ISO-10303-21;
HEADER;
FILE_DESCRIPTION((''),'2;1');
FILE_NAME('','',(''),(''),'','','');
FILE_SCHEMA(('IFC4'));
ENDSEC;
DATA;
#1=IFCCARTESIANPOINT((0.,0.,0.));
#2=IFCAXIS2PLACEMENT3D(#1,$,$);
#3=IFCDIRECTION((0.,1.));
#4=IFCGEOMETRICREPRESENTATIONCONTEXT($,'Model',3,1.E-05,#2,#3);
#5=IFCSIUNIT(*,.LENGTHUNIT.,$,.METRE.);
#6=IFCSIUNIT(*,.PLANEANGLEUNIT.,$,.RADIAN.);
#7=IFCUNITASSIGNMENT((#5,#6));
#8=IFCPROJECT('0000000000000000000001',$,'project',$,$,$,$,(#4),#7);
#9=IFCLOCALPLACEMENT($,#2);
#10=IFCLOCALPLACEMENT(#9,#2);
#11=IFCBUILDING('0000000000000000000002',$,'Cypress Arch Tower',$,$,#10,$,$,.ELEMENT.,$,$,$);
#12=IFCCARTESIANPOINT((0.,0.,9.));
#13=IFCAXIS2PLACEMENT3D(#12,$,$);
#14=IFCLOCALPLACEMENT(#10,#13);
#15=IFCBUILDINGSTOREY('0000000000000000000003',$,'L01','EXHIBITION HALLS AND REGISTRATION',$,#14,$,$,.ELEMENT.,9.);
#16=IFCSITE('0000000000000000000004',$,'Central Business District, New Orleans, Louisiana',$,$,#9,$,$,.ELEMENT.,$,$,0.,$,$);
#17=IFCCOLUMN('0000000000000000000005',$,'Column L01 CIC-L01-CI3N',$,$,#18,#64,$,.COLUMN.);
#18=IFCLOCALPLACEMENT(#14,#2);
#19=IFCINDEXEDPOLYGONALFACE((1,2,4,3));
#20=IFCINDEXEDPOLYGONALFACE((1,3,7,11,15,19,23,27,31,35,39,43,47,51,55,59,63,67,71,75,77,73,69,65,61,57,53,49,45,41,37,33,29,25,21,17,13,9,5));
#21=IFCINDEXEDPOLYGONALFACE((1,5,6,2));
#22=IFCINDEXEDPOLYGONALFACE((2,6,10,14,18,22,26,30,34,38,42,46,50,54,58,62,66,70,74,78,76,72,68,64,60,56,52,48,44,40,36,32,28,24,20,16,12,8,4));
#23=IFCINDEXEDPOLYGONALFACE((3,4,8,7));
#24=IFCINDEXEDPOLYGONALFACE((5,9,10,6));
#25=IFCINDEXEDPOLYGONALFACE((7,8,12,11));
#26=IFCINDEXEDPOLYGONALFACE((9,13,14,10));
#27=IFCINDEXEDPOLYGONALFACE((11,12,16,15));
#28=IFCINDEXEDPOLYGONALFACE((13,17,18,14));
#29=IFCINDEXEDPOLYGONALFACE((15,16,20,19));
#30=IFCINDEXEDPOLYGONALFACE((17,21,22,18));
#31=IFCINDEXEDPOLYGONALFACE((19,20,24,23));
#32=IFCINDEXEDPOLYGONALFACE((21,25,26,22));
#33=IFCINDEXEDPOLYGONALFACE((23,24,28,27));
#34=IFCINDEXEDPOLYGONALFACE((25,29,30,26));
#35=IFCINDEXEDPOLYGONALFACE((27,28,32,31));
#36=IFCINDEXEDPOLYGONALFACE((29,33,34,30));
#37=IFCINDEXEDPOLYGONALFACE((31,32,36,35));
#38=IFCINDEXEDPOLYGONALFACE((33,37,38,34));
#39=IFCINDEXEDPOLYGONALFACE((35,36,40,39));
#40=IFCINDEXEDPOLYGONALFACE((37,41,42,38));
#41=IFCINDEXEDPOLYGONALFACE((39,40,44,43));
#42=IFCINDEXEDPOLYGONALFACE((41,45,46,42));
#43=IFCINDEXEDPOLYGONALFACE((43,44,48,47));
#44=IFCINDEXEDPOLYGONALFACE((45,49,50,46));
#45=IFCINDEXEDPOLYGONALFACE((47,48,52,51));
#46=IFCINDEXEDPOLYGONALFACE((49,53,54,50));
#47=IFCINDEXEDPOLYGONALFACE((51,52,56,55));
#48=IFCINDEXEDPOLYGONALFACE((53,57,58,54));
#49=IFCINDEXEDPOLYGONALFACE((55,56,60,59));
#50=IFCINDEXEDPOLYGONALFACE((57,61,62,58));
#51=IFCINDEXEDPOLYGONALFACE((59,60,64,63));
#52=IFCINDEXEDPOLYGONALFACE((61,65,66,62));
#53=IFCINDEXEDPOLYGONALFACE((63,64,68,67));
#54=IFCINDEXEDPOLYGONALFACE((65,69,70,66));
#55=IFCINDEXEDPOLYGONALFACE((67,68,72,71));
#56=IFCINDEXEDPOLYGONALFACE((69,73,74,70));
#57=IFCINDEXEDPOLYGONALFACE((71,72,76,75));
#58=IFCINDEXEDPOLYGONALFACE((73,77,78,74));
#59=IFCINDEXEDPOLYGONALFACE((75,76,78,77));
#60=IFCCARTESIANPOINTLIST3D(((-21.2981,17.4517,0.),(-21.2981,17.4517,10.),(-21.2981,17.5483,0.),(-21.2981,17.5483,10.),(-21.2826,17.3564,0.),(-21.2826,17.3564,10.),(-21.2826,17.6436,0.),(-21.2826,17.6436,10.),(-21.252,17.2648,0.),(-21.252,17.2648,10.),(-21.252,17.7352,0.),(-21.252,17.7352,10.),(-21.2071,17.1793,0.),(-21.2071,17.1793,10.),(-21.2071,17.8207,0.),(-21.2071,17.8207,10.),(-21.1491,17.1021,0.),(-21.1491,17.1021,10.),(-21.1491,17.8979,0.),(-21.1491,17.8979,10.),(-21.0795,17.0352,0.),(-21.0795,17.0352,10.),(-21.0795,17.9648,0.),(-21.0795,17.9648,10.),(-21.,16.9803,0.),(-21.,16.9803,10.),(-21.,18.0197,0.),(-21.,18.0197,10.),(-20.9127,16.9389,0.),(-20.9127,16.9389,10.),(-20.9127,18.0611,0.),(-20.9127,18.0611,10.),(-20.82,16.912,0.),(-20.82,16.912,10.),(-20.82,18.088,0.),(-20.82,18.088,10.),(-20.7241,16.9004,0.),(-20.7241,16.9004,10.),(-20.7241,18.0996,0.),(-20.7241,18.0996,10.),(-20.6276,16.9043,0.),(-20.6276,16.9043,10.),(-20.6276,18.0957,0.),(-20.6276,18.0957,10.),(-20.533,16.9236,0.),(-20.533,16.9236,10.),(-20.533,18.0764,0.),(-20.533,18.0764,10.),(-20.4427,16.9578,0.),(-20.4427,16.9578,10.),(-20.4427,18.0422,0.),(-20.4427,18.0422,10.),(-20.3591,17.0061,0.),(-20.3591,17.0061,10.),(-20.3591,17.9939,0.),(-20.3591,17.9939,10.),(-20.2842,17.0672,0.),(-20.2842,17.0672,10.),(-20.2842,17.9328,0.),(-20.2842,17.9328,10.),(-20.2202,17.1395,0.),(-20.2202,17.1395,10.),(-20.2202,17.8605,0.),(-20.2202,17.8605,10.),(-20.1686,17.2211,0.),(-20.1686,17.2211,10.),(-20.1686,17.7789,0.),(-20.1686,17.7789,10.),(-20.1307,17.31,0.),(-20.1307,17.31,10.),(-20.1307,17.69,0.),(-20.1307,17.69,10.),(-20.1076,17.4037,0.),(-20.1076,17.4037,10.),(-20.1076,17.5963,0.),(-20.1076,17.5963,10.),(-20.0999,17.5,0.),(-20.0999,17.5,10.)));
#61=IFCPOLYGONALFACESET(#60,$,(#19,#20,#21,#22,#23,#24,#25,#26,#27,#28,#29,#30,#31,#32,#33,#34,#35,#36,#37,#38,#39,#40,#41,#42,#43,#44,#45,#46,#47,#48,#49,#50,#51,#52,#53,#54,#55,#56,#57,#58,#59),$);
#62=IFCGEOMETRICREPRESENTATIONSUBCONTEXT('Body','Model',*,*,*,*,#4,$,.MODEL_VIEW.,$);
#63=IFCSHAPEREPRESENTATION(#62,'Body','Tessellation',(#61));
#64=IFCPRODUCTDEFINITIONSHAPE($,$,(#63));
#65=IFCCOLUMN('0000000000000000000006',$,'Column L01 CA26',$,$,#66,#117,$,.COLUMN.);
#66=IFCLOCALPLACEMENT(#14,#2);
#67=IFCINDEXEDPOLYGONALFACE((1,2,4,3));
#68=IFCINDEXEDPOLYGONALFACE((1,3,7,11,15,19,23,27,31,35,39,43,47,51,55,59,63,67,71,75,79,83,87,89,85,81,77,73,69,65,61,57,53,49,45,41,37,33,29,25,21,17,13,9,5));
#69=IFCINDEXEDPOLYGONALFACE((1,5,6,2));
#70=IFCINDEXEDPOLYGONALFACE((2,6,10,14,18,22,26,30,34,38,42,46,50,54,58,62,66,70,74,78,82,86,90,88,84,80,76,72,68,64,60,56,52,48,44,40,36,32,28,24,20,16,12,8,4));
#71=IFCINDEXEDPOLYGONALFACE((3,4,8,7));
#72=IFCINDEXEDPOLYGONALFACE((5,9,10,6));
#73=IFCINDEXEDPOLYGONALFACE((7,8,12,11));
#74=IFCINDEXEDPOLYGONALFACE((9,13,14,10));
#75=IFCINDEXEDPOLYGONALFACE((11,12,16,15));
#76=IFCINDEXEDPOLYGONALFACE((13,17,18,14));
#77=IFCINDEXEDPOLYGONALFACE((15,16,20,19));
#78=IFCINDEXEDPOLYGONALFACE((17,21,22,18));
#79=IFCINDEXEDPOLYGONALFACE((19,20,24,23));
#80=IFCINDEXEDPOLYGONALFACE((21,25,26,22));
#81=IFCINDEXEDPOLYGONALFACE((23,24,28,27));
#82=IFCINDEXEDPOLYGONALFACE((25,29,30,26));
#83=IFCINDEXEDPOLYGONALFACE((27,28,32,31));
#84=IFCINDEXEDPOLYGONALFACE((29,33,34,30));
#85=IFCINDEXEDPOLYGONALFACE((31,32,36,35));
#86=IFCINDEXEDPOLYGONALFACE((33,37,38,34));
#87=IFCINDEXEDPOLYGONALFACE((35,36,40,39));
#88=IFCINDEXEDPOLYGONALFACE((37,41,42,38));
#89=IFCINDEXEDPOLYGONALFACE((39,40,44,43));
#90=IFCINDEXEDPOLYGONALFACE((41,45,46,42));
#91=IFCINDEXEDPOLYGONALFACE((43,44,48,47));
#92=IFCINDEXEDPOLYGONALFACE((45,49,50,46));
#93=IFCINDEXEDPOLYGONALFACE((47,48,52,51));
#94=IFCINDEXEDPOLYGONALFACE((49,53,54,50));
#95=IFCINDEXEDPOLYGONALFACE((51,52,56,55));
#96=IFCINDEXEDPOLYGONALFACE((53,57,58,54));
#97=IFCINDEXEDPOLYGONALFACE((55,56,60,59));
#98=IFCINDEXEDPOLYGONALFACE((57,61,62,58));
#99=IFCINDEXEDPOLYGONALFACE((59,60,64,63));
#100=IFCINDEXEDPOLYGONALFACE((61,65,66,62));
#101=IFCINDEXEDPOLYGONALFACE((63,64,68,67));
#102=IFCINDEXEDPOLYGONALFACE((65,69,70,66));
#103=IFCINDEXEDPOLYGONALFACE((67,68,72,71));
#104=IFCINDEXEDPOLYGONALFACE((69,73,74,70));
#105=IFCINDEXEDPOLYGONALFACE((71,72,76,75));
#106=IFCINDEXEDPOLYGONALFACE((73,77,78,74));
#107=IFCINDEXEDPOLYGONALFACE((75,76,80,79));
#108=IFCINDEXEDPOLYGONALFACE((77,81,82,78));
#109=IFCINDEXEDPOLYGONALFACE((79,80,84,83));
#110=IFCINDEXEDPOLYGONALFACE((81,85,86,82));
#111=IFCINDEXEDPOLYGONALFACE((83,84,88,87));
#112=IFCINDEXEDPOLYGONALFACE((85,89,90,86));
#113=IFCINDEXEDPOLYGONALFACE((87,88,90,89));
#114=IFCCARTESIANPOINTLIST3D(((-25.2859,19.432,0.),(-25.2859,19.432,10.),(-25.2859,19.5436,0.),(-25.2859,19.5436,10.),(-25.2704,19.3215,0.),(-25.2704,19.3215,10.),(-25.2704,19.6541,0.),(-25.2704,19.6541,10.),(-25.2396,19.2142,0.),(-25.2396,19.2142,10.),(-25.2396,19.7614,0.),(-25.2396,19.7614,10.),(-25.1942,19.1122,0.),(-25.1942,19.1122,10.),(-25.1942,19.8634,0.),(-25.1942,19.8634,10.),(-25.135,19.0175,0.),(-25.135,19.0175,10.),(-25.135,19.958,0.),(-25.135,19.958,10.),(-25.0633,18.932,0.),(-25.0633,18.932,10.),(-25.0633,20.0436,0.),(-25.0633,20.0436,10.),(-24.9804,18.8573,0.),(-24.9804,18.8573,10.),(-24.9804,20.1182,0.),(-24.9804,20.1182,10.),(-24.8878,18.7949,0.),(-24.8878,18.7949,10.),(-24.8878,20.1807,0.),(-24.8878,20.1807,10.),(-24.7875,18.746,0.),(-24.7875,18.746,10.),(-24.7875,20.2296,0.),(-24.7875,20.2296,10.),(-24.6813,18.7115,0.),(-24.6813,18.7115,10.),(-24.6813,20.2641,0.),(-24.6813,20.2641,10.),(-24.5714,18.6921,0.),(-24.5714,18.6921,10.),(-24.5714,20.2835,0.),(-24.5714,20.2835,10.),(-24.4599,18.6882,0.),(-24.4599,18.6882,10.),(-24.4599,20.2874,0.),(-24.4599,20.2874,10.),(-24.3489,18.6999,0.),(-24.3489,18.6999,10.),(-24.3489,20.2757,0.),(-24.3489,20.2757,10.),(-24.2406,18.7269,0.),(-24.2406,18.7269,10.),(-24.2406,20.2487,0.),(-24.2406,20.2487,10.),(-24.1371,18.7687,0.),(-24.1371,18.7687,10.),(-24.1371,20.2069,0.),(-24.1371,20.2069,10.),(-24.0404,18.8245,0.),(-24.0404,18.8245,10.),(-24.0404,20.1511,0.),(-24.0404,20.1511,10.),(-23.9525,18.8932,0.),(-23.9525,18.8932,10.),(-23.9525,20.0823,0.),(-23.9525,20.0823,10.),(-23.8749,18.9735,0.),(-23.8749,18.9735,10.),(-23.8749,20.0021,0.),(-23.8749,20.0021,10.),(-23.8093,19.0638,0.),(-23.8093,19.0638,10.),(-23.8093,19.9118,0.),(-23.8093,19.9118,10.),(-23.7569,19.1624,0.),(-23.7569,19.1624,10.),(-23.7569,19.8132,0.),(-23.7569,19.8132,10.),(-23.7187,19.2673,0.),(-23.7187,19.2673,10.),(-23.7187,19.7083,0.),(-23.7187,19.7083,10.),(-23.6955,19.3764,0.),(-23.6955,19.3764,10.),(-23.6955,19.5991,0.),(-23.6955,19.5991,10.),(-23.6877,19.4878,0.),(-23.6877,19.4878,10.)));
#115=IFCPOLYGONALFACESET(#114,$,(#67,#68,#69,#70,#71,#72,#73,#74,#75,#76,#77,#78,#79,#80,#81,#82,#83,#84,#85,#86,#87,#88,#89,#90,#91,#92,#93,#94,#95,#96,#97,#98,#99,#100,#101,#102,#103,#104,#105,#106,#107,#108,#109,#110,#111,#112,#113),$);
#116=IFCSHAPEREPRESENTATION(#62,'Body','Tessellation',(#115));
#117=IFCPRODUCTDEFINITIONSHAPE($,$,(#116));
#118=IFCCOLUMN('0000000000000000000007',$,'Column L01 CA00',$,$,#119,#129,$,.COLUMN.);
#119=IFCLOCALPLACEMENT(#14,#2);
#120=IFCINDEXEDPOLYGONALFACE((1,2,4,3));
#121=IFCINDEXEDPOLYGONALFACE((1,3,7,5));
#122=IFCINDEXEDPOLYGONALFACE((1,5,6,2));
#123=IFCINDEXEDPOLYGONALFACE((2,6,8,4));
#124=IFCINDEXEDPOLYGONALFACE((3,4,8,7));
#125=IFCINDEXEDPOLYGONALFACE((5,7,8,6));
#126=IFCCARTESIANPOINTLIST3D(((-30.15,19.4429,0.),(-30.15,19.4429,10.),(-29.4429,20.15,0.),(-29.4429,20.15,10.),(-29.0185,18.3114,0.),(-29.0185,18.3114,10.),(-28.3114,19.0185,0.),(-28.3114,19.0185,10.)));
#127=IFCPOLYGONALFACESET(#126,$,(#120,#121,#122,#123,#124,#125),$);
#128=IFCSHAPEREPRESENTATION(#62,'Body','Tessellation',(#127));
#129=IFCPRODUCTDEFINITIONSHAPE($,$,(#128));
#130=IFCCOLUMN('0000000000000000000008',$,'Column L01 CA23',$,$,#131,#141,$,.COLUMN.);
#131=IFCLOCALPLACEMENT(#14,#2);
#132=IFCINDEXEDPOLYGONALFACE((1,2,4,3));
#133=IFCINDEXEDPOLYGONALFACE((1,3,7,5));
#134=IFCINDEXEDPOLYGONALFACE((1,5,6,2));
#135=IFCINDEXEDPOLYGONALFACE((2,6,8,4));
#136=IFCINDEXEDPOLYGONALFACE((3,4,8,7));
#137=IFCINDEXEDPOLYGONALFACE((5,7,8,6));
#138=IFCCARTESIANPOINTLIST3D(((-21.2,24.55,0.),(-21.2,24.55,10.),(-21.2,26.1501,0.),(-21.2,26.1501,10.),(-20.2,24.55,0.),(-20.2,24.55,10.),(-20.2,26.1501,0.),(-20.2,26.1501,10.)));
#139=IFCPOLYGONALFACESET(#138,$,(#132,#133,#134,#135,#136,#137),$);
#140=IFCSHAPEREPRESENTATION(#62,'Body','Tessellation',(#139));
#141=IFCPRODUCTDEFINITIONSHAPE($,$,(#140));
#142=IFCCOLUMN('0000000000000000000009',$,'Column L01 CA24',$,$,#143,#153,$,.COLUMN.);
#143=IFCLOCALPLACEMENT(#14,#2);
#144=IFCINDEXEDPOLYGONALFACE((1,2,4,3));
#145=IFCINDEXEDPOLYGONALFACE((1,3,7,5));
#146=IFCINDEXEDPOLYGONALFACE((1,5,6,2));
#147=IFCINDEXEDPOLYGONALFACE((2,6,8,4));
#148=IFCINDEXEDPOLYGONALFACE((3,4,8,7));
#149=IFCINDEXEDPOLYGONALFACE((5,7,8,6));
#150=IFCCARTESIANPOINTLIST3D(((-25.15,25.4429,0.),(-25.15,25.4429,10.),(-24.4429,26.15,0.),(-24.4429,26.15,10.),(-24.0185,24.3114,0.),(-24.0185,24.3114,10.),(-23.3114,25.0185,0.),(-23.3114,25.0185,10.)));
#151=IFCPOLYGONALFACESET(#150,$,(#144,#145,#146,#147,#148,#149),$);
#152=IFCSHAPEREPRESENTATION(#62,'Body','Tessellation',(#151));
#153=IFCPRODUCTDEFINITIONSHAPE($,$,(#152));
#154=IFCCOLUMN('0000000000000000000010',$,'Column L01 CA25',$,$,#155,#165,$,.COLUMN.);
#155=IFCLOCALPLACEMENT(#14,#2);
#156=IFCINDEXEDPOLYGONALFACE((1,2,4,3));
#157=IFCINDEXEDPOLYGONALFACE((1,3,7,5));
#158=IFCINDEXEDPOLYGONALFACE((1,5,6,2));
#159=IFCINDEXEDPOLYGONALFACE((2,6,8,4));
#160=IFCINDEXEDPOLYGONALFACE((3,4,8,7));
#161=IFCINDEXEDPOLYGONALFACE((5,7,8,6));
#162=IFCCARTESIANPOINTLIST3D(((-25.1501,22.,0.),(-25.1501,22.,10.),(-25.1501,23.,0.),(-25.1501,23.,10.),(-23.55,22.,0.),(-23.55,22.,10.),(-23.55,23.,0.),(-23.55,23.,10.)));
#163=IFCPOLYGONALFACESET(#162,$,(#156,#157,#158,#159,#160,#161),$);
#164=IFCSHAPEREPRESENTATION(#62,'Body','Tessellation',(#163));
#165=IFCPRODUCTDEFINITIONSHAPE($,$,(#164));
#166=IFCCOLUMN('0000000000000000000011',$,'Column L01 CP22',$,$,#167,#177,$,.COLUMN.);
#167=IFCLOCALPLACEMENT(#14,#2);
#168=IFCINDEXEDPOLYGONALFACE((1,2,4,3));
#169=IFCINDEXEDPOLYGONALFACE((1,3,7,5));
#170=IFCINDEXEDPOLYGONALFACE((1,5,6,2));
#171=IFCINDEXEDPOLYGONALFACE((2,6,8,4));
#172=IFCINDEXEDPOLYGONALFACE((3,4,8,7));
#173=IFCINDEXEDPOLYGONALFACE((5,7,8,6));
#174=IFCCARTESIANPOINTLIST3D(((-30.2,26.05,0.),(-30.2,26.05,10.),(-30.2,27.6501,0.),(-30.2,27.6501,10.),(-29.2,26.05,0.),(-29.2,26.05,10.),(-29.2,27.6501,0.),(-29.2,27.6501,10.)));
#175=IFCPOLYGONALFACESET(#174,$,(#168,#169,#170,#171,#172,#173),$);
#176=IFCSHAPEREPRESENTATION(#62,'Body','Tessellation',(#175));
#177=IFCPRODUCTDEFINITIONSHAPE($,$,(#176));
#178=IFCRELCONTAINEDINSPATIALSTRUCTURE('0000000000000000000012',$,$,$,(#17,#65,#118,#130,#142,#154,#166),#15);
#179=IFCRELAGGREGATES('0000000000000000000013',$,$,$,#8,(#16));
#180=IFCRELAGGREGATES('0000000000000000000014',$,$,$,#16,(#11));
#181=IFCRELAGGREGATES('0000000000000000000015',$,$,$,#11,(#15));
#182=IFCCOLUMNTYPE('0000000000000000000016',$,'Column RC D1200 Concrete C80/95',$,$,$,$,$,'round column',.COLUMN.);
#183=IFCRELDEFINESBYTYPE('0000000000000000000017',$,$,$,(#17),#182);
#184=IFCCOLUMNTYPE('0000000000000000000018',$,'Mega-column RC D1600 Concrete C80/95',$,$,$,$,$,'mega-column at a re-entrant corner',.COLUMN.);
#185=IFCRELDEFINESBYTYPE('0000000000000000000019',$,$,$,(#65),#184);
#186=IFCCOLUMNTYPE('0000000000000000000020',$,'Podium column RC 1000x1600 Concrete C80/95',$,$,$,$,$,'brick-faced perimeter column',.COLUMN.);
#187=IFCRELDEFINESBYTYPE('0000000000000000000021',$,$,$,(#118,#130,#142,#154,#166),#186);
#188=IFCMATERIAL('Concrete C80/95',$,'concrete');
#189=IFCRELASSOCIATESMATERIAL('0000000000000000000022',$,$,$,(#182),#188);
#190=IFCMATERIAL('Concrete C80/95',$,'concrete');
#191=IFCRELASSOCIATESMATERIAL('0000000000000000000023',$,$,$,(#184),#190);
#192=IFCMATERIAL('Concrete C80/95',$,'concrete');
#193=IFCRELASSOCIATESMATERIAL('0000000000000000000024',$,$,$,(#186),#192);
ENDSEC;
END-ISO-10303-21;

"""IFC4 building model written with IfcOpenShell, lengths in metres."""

from ifc_helpers import new_model, si_unit, direction, frame, origin, origin_2d, place, context, subcontext, project, spatial, rectangle, circle, extrude, material, material_profile, profile_set, type_object, element, save


model = new_model("IFC4")

# Units and contexts
model_context = context("Model", 3, precision=1e-05, world=origin(), true_north=direction((0.0, 1.0)))
body_context = subcontext(model_context, "Body", "Model", "MODEL_VIEW")
ifc_project = project(units=[si_unit("LENGTHUNIT", "METRE"), si_unit("PLANEANGLEUNIT", "RADIAN")], contexts=[model_context])

# Site, building, storey
site_placement = place(None, origin())
site = spatial("IfcSite", under=ifc_project, at=site_placement, Name="Central Business District, New Orleans, Louisiana", CompositionType="ELEMENT", RefElevation=0.0)
building_placement = place(site_placement, origin())
building = spatial("IfcBuilding", under=site, at=building_placement, Name="Cypress Arch Tower", CompositionType="ELEMENT")
storey_placement = place(building_placement, frame((0.0, 0.0, 9.0)))
storey = spatial("IfcBuildingStorey", under=building, at=storey_placement, Name="L01", Description="EXHIBITION HALLS AND REGISTRATION", CompositionType="ELEMENT", Elevation=9.0)

# Columns
ifc_material_1 = material(Name="Concrete C80/95", Category="concrete")
ifc_material_profile_1 = material_profile(ifc_material_1, circle(Radius=0.6001, at=origin_2d()), Name="RC D1200")
ifc_profile_set_1 = profile_set([ifc_material_profile_1], Name="Concrete C80/95")
column_type_1 = type_object("IfcColumnType", Name="Column RC D1200 Concrete C80/95", ElementType="round column", PredefinedType="COLUMN", material=ifc_profile_set_1)
column_1_placement = place(storey_placement, frame((-20.7, 17.5, 0.0), z_axis=(0.0, 0.0, 1.0), x_axis=(1.0, 0.0, 0.0)))
element("IfcColumn", 1, at=column_1_placement, inside=storey, type_object=column_type_1, Name="Column L01 CIC-L01-CI3N", PredefinedType="COLUMN", context=body_context, shape_type="SweptSolid", body=[
    extrude(circle(Radius=0.6001, at=origin_2d()), origin(), (0.0, 0.0, 1.0), 10.0),
])
ifc_material_2 = material(Name="Concrete C80/95", Category="concrete")
ifc_material_profile_2 = material_profile(ifc_material_2, circle(Radius=0.8, at=origin_2d()), Name="RC D1600")
ifc_profile_set_2 = profile_set([ifc_material_profile_2], Name="Concrete C80/95")
column_type_2 = type_object("IfcColumnType", Name="Mega-column RC D1600 Concrete C80/95", ElementType="mega-column at a re-entrant corner", PredefinedType="COLUMN", material=ifc_profile_set_2)
column_2_placement = place(storey_placement, frame((-24.4878, 19.4878, 0.0), z_axis=(0.0, 0.0, 1.0), x_axis=(1.0, 0.0, 0.0)))
element("IfcColumn", 2, at=column_2_placement, inside=storey, type_object=column_type_2, Name="Column L01 CA26", PredefinedType="COLUMN", context=body_context, shape_type="SweptSolid", body=[
    extrude(circle(Radius=0.8, at=origin_2d()), origin(), (0.0, 0.0, 1.0), 10.0),
])
ifc_material_3 = material(Name="Concrete C80/95", Category="concrete")
ifc_material_profile_3 = material_profile(ifc_material_3, rectangle(XDim=1.0, YDim=1.6001, at=origin_2d()), Name="RC 1000x1600")
ifc_profile_set_3 = profile_set([ifc_material_profile_3], Name="Concrete C80/95")
column_type_3 = type_object("IfcColumnType", Name="Podium column RC 1000x1600 Concrete C80/95", ElementType="brick-faced perimeter column", PredefinedType="COLUMN", material=ifc_profile_set_3)
for number, where, z_axis, x_axis, name in (
    (3, (-29.2307, 19.2307, 0.0), (0.0, 0.0, 1.0), (-0.707107, -0.707107, 0.0), "Column L01 CA00"),
    (4, (-20.7, 25.3501, 0.0), (0.0, 0.0, 1.0), (-1.0, 0.0, 0.0), "Column L01 CA23"),
    (5, (-24.2307, 25.2307, 0.0), (0.0, 0.0, 1.0), (-0.707107, -0.707107, 0.0), "Column L01 CA24"),
    (6, (-24.3501, 22.5, 0.0), (0.0, 0.0, 1.0), (0.0, -1.0, 0.0), "Column L01 CA25"),
    (7, (-29.7, 26.8501, 0.0), (0.0, 0.0, 1.0), (-1.0, 0.0, 0.0), "Column L01 CP22"),
):
    element("IfcColumn", number, at=place(storey_placement, frame(where, z_axis=z_axis, x_axis=x_axis)), inside=storey, type_object=column_type_3, Name=name, PredefinedType="COLUMN", context=body_context, shape_type="SweptSolid", body=[
        extrude(rectangle(XDim=1.0, YDim=1.6001, at=origin_2d()), origin(), (0.0, 0.0, 1.0), 10.0),
    ])

save(model, "model.ifc")
